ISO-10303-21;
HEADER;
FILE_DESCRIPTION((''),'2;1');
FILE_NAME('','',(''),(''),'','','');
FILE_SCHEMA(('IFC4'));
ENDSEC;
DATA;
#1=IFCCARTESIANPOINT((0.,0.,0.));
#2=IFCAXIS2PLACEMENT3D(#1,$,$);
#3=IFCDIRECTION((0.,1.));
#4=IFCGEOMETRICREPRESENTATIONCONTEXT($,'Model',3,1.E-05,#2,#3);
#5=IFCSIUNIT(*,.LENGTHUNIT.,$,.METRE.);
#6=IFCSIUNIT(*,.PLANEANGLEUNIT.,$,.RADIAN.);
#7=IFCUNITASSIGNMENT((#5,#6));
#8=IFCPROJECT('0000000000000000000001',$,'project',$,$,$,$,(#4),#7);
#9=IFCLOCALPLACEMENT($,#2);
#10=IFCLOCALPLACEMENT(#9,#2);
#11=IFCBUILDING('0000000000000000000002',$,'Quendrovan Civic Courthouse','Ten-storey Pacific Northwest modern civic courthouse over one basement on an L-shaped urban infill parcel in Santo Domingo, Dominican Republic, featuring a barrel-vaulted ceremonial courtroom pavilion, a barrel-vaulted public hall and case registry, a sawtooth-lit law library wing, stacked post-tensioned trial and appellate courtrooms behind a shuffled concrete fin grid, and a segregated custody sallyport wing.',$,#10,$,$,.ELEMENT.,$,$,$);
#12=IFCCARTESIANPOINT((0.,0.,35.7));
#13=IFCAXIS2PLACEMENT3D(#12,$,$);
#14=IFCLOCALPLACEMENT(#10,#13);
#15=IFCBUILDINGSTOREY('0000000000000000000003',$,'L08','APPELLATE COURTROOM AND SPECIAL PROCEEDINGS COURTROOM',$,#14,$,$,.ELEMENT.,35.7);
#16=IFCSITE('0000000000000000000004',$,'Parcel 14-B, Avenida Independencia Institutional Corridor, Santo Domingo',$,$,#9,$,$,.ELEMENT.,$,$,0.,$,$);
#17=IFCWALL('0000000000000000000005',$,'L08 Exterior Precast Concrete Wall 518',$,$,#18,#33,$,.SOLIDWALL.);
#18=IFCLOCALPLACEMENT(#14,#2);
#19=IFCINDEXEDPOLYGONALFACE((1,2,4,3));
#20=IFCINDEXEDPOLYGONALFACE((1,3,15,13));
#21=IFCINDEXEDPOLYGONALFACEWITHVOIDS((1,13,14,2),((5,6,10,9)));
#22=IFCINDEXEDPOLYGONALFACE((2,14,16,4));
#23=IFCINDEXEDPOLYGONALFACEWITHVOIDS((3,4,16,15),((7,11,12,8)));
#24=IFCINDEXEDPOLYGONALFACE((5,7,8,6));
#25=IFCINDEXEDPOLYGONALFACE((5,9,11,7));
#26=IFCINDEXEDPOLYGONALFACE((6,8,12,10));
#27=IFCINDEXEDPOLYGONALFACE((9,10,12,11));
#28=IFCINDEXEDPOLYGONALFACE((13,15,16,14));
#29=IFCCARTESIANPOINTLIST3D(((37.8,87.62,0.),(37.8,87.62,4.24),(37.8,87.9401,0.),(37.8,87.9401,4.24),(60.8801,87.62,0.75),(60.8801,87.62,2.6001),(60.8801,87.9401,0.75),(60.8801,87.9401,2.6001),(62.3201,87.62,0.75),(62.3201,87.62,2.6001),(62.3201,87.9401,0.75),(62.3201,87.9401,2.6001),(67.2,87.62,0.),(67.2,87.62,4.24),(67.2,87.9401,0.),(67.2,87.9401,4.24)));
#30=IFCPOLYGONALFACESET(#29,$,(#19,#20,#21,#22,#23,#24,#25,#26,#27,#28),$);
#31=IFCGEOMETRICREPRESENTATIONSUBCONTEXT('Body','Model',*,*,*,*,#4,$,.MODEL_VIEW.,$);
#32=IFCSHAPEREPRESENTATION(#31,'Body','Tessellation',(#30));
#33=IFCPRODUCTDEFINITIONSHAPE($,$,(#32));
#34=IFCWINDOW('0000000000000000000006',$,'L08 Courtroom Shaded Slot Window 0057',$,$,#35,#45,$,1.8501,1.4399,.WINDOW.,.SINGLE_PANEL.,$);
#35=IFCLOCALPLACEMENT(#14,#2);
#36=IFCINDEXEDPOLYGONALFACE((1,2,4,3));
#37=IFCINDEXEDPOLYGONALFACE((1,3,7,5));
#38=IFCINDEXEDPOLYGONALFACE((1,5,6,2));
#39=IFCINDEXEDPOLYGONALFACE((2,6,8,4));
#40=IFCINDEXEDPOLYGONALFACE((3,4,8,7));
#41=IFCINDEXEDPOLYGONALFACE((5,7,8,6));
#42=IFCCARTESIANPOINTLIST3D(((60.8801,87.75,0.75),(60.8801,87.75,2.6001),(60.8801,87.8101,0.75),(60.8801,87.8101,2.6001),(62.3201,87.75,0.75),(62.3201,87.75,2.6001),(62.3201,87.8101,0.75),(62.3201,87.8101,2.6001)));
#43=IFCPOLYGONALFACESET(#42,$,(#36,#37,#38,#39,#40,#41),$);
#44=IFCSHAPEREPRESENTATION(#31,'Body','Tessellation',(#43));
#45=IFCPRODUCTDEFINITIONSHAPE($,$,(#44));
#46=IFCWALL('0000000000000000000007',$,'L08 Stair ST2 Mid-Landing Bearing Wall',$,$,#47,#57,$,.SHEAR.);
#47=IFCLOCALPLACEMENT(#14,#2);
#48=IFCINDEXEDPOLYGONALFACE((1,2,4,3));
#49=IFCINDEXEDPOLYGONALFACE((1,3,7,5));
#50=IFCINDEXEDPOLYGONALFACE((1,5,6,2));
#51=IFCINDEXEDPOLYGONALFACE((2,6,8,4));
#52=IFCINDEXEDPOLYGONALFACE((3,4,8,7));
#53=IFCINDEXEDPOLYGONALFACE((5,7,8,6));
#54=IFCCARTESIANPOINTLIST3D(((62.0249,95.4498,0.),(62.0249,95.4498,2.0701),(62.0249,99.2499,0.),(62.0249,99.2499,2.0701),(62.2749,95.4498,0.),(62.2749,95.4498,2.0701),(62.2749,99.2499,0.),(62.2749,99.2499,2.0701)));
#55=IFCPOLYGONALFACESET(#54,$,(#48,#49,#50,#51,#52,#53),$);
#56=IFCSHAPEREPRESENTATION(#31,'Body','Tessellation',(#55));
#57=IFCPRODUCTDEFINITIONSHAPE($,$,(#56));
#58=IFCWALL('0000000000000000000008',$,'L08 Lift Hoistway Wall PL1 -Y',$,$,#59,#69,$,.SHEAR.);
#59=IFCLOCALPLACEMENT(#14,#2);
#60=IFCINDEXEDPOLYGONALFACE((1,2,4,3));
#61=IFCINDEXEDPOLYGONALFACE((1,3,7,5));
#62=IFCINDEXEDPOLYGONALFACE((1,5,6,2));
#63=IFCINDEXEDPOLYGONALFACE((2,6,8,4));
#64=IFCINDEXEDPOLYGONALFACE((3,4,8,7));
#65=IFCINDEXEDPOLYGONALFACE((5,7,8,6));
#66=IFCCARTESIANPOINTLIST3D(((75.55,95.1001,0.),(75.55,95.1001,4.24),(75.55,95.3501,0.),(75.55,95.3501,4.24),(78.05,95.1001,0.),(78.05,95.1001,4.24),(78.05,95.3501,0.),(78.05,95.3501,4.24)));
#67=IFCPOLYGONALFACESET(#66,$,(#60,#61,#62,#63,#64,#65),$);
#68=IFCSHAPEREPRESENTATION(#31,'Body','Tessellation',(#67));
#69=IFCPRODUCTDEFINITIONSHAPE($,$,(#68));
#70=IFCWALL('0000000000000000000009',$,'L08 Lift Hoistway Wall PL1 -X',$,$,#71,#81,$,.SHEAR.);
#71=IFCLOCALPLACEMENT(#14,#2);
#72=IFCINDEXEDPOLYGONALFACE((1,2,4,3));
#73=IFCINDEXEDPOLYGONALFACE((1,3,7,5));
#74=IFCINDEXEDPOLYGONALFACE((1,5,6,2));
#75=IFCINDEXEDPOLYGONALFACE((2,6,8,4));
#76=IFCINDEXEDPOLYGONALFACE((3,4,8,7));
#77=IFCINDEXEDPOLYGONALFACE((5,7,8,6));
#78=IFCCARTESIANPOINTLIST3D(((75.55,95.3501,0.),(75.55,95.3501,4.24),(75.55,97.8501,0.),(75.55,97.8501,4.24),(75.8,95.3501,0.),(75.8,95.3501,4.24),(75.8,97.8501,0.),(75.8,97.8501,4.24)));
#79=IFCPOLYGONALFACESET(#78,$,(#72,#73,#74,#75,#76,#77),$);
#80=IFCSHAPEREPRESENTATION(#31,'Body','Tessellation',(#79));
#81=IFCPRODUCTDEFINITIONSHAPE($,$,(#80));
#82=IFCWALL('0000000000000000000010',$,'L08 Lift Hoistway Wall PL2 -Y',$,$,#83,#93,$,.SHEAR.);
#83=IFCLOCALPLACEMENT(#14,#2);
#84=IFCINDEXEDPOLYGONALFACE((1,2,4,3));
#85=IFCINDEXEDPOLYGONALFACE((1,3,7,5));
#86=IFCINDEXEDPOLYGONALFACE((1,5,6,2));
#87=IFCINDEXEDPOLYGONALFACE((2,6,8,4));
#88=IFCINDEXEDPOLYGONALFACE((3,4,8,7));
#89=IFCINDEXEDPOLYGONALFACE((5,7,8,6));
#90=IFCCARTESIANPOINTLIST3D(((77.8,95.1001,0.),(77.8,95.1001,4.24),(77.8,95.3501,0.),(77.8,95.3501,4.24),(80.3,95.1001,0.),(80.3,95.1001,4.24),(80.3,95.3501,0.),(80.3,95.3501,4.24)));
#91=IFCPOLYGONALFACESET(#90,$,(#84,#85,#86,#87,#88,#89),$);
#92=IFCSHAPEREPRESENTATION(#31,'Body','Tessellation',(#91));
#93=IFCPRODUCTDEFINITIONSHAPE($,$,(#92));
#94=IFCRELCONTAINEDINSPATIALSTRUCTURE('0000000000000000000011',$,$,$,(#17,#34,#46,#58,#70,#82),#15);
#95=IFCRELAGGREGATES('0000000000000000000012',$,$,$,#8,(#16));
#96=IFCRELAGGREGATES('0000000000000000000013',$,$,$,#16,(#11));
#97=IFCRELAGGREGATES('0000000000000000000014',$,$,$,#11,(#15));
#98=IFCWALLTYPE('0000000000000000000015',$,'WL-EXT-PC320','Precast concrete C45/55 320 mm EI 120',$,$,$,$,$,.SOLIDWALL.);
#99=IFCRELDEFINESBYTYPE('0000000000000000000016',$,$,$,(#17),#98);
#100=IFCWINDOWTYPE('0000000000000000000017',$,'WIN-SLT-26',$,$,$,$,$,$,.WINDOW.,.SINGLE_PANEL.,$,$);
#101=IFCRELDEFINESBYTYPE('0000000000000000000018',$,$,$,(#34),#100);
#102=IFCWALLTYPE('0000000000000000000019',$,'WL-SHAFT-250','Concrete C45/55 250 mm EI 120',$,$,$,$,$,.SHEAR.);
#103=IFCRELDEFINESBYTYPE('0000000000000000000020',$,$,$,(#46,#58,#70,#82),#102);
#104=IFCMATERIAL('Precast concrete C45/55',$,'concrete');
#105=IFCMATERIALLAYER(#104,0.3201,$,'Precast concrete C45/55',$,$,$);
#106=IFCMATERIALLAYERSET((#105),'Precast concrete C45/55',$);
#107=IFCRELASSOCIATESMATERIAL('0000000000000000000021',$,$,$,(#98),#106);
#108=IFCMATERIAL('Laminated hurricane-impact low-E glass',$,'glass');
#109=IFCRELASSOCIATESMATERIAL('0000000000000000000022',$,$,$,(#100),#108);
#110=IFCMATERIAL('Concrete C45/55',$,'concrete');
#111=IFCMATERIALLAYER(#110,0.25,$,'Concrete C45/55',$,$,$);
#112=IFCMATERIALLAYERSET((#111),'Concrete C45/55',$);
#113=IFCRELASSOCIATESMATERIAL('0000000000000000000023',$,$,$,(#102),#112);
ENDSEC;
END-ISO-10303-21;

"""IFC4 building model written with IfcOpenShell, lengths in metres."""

from ifc_helpers import new_model, si_unit, direction, frame, frame_2d, origin, place, context, subcontext, project, spatial, rectangle, extrude, material, layer, layer_set, type_object, element, fill, save


model = new_model("IFC4")

# Units and contexts
model_context = context("Model", 3, precision=1e-05, world=origin(), true_north=direction((0.0, 1.0)))
body_context = subcontext(model_context, "Body", "Model", "MODEL_VIEW")
ifc_project = project(units=[si_unit("LENGTHUNIT", "METRE"), si_unit("PLANEANGLEUNIT", "RADIAN")], contexts=[model_context])

# Site, building, storey
site_placement = place(None, origin())
site = spatial("IfcSite", under=ifc_project, at=site_placement, Name="Parcel 14-B, Avenida Independencia Institutional Corridor, Santo Domingo", CompositionType="ELEMENT", RefElevation=0.0)
building_placement = place(site_placement, origin())
building = spatial("IfcBuilding", under=site, at=building_placement, Name="Quendrovan Civic Courthouse", Description="Ten-storey Pacific Northwest modern civic courthouse over one basement on an L-shaped urban infill parcel in Santo Domingo, Dominican Republic, featuring a barrel-vaulted ceremonial courtroom pavilion, a barrel-vaulted public hall and case registry, a sawtooth-lit law library wing, stacked post-tensioned trial and appellate courtrooms behind a shuffled concrete fin grid, and a segregated custody sallyport wing.", CompositionType="ELEMENT")
storey_placement = place(building_placement, frame((0.0, 0.0, 35.7)))
storey = spatial("IfcBuildingStorey", under=building, at=storey_placement, Name="L08", Description="APPELLATE COURTROOM AND SPECIAL PROCEEDINGS COURTROOM", CompositionType="ELEMENT", Elevation=35.7)

# Shared definitions
ifc_material_1 = material(Name="Concrete C45/55", Category="concrete")

# Shared definitions
ifc_material_2 = material(Name="Precast concrete C45/55", Category="concrete")
ifc_layer_1 = layer(ifc_material_2, 0.3201, Name="Precast concrete C45/55")
ifc_layer_set_1 = layer_set([ifc_layer_1], Name="Precast concrete C45/55")
wall_type_1 = type_object("IfcWallType", Name="WL-EXT-PC320", Description="Precast concrete C45/55 320 mm EI 120", PredefinedType="SOLIDWALL", material=ifc_layer_set_1)

# Wall, opening, window
wall_1_placement = place(storey_placement, frame((67.2, 87.78, 0.0), z_axis=(0.0, 0.0, 1.0), x_axis=(-1.0, 0.0, 0.0)))
wall_1 = element("IfcWall", 1, at=wall_1_placement, inside=storey, type_object=wall_type_1, Name="L08 Exterior Precast Concrete Wall 518", PredefinedType="SOLIDWALL", context=body_context, shape_type="SweptSolid", body=[
    extrude(rectangle(XDim=29.3999, YDim=0.3201, at=frame_2d((14.7, 0.0))), origin(), (0.0, 0.0, 1.0), 4.24),
])
opening_1_placement = place(wall_1_placement, frame((4.8799, 0.0, 0.75)))
opening_1 = element("IfcOpeningElement", 2, at=opening_1_placement, cuts=wall_1, PredefinedType="OPENING", context=body_context, shape_type="SweptSolid", body=[
    extrude(rectangle(XDim=1.4399, YDim=1.8501, at=frame_2d((0.72, 0.925))), frame((0.0, 0.1699, 0.0), z_axis=(0.0, -1.0, 0.0), x_axis=(1.0, 0.0, 0.0)), (0.0, 0.0, 1.0), 0.3401),
])
ifc_material_3 = material(Name="Laminated hurricane-impact low-E glass", Category="glass")
window_type = type_object("IfcWindowType", Name="WIN-SLT-26", PartitioningType="SINGLE_PANEL", PredefinedType="WINDOW", material=ifc_material_3)
window_placement = place(opening_1_placement, origin())
window = element("IfcWindow", 3, at=window_placement, inside=storey, type_object=window_type, Name="L08 Courtroom Shaded Slot Window 0057", OverallHeight=1.8501, OverallWidth=1.4399, PartitioningType="SINGLE_PANEL", PredefinedType="WINDOW", context=body_context, shape_type="SweptSolid", body=[
    extrude(rectangle(XDim=1.4399, YDim=1.8501, at=frame_2d((0.72, 0.925))), frame((0.0, 0.03, 0.0), z_axis=(0.0, -1.0, 0.0), x_axis=(1.0, 0.0, 0.0)), (0.0, 0.0, 1.0), 0.0601),
])
fill(opening_1, window)

# Walls
ifc_layer_2 = layer(ifc_material_1, 0.25, Name="Concrete C45/55")
ifc_layer_set_2 = layer_set([ifc_layer_2], Name="Concrete C45/55")
wall_type_2 = type_object("IfcWallType", Name="WL-SHAFT-250", Description="Concrete C45/55 250 mm EI 120", PredefinedType="SHEAR", material=ifc_layer_set_2)
wall_2_placement = place(storey_placement, frame((62.1499, 95.45, 0.0), z_axis=(0.0, 0.0, 1.0), x_axis=(0.0, 1.0, 0.0)))
element("IfcWall", 4, at=wall_2_placement, inside=storey, type_object=wall_type_2, Name="L08 Stair ST2 Mid-Landing Bearing Wall", PredefinedType="SHEAR", context=body_context, shape_type="SweptSolid", body=[
    extrude(rectangle(XDim=3.8, YDim=0.25, at=frame_2d((1.8999, 0.0))), origin(), (0.0, 0.0, 1.0), 2.0701),
])
for number, where, z_axis, x_axis, name in (
    (5, (75.55, 95.2251, 0.0), (0.0, 0.0, 1.0), (1.0, 0.0, 0.0), "L08 Lift Hoistway Wall PL1 -Y"),
    (6, (75.675, 95.3501, 0.0), (0.0, 0.0, 1.0), (0.0, 1.0, 0.0), "L08 Lift Hoistway Wall PL1 -X"),
    (7, (77.8, 95.2251, 0.0), (0.0, 0.0, 1.0), (1.0, 0.0, 0.0), "L08 Lift Hoistway Wall PL2 -Y"),
):
    element("IfcWall", number, at=place(storey_placement, frame(where, z_axis=z_axis, x_axis=x_axis)), inside=storey, type_object=wall_type_2, Name=name, PredefinedType="SHEAR", context=body_context, shape_type="SweptSolid", body=[
        extrude(rectangle(XDim=2.5, YDim=0.25, at=frame_2d((1.25, 0.0))), origin(), (0.0, 0.0, 1.0), 4.24),
    ])

save(model, "model.ifc")
